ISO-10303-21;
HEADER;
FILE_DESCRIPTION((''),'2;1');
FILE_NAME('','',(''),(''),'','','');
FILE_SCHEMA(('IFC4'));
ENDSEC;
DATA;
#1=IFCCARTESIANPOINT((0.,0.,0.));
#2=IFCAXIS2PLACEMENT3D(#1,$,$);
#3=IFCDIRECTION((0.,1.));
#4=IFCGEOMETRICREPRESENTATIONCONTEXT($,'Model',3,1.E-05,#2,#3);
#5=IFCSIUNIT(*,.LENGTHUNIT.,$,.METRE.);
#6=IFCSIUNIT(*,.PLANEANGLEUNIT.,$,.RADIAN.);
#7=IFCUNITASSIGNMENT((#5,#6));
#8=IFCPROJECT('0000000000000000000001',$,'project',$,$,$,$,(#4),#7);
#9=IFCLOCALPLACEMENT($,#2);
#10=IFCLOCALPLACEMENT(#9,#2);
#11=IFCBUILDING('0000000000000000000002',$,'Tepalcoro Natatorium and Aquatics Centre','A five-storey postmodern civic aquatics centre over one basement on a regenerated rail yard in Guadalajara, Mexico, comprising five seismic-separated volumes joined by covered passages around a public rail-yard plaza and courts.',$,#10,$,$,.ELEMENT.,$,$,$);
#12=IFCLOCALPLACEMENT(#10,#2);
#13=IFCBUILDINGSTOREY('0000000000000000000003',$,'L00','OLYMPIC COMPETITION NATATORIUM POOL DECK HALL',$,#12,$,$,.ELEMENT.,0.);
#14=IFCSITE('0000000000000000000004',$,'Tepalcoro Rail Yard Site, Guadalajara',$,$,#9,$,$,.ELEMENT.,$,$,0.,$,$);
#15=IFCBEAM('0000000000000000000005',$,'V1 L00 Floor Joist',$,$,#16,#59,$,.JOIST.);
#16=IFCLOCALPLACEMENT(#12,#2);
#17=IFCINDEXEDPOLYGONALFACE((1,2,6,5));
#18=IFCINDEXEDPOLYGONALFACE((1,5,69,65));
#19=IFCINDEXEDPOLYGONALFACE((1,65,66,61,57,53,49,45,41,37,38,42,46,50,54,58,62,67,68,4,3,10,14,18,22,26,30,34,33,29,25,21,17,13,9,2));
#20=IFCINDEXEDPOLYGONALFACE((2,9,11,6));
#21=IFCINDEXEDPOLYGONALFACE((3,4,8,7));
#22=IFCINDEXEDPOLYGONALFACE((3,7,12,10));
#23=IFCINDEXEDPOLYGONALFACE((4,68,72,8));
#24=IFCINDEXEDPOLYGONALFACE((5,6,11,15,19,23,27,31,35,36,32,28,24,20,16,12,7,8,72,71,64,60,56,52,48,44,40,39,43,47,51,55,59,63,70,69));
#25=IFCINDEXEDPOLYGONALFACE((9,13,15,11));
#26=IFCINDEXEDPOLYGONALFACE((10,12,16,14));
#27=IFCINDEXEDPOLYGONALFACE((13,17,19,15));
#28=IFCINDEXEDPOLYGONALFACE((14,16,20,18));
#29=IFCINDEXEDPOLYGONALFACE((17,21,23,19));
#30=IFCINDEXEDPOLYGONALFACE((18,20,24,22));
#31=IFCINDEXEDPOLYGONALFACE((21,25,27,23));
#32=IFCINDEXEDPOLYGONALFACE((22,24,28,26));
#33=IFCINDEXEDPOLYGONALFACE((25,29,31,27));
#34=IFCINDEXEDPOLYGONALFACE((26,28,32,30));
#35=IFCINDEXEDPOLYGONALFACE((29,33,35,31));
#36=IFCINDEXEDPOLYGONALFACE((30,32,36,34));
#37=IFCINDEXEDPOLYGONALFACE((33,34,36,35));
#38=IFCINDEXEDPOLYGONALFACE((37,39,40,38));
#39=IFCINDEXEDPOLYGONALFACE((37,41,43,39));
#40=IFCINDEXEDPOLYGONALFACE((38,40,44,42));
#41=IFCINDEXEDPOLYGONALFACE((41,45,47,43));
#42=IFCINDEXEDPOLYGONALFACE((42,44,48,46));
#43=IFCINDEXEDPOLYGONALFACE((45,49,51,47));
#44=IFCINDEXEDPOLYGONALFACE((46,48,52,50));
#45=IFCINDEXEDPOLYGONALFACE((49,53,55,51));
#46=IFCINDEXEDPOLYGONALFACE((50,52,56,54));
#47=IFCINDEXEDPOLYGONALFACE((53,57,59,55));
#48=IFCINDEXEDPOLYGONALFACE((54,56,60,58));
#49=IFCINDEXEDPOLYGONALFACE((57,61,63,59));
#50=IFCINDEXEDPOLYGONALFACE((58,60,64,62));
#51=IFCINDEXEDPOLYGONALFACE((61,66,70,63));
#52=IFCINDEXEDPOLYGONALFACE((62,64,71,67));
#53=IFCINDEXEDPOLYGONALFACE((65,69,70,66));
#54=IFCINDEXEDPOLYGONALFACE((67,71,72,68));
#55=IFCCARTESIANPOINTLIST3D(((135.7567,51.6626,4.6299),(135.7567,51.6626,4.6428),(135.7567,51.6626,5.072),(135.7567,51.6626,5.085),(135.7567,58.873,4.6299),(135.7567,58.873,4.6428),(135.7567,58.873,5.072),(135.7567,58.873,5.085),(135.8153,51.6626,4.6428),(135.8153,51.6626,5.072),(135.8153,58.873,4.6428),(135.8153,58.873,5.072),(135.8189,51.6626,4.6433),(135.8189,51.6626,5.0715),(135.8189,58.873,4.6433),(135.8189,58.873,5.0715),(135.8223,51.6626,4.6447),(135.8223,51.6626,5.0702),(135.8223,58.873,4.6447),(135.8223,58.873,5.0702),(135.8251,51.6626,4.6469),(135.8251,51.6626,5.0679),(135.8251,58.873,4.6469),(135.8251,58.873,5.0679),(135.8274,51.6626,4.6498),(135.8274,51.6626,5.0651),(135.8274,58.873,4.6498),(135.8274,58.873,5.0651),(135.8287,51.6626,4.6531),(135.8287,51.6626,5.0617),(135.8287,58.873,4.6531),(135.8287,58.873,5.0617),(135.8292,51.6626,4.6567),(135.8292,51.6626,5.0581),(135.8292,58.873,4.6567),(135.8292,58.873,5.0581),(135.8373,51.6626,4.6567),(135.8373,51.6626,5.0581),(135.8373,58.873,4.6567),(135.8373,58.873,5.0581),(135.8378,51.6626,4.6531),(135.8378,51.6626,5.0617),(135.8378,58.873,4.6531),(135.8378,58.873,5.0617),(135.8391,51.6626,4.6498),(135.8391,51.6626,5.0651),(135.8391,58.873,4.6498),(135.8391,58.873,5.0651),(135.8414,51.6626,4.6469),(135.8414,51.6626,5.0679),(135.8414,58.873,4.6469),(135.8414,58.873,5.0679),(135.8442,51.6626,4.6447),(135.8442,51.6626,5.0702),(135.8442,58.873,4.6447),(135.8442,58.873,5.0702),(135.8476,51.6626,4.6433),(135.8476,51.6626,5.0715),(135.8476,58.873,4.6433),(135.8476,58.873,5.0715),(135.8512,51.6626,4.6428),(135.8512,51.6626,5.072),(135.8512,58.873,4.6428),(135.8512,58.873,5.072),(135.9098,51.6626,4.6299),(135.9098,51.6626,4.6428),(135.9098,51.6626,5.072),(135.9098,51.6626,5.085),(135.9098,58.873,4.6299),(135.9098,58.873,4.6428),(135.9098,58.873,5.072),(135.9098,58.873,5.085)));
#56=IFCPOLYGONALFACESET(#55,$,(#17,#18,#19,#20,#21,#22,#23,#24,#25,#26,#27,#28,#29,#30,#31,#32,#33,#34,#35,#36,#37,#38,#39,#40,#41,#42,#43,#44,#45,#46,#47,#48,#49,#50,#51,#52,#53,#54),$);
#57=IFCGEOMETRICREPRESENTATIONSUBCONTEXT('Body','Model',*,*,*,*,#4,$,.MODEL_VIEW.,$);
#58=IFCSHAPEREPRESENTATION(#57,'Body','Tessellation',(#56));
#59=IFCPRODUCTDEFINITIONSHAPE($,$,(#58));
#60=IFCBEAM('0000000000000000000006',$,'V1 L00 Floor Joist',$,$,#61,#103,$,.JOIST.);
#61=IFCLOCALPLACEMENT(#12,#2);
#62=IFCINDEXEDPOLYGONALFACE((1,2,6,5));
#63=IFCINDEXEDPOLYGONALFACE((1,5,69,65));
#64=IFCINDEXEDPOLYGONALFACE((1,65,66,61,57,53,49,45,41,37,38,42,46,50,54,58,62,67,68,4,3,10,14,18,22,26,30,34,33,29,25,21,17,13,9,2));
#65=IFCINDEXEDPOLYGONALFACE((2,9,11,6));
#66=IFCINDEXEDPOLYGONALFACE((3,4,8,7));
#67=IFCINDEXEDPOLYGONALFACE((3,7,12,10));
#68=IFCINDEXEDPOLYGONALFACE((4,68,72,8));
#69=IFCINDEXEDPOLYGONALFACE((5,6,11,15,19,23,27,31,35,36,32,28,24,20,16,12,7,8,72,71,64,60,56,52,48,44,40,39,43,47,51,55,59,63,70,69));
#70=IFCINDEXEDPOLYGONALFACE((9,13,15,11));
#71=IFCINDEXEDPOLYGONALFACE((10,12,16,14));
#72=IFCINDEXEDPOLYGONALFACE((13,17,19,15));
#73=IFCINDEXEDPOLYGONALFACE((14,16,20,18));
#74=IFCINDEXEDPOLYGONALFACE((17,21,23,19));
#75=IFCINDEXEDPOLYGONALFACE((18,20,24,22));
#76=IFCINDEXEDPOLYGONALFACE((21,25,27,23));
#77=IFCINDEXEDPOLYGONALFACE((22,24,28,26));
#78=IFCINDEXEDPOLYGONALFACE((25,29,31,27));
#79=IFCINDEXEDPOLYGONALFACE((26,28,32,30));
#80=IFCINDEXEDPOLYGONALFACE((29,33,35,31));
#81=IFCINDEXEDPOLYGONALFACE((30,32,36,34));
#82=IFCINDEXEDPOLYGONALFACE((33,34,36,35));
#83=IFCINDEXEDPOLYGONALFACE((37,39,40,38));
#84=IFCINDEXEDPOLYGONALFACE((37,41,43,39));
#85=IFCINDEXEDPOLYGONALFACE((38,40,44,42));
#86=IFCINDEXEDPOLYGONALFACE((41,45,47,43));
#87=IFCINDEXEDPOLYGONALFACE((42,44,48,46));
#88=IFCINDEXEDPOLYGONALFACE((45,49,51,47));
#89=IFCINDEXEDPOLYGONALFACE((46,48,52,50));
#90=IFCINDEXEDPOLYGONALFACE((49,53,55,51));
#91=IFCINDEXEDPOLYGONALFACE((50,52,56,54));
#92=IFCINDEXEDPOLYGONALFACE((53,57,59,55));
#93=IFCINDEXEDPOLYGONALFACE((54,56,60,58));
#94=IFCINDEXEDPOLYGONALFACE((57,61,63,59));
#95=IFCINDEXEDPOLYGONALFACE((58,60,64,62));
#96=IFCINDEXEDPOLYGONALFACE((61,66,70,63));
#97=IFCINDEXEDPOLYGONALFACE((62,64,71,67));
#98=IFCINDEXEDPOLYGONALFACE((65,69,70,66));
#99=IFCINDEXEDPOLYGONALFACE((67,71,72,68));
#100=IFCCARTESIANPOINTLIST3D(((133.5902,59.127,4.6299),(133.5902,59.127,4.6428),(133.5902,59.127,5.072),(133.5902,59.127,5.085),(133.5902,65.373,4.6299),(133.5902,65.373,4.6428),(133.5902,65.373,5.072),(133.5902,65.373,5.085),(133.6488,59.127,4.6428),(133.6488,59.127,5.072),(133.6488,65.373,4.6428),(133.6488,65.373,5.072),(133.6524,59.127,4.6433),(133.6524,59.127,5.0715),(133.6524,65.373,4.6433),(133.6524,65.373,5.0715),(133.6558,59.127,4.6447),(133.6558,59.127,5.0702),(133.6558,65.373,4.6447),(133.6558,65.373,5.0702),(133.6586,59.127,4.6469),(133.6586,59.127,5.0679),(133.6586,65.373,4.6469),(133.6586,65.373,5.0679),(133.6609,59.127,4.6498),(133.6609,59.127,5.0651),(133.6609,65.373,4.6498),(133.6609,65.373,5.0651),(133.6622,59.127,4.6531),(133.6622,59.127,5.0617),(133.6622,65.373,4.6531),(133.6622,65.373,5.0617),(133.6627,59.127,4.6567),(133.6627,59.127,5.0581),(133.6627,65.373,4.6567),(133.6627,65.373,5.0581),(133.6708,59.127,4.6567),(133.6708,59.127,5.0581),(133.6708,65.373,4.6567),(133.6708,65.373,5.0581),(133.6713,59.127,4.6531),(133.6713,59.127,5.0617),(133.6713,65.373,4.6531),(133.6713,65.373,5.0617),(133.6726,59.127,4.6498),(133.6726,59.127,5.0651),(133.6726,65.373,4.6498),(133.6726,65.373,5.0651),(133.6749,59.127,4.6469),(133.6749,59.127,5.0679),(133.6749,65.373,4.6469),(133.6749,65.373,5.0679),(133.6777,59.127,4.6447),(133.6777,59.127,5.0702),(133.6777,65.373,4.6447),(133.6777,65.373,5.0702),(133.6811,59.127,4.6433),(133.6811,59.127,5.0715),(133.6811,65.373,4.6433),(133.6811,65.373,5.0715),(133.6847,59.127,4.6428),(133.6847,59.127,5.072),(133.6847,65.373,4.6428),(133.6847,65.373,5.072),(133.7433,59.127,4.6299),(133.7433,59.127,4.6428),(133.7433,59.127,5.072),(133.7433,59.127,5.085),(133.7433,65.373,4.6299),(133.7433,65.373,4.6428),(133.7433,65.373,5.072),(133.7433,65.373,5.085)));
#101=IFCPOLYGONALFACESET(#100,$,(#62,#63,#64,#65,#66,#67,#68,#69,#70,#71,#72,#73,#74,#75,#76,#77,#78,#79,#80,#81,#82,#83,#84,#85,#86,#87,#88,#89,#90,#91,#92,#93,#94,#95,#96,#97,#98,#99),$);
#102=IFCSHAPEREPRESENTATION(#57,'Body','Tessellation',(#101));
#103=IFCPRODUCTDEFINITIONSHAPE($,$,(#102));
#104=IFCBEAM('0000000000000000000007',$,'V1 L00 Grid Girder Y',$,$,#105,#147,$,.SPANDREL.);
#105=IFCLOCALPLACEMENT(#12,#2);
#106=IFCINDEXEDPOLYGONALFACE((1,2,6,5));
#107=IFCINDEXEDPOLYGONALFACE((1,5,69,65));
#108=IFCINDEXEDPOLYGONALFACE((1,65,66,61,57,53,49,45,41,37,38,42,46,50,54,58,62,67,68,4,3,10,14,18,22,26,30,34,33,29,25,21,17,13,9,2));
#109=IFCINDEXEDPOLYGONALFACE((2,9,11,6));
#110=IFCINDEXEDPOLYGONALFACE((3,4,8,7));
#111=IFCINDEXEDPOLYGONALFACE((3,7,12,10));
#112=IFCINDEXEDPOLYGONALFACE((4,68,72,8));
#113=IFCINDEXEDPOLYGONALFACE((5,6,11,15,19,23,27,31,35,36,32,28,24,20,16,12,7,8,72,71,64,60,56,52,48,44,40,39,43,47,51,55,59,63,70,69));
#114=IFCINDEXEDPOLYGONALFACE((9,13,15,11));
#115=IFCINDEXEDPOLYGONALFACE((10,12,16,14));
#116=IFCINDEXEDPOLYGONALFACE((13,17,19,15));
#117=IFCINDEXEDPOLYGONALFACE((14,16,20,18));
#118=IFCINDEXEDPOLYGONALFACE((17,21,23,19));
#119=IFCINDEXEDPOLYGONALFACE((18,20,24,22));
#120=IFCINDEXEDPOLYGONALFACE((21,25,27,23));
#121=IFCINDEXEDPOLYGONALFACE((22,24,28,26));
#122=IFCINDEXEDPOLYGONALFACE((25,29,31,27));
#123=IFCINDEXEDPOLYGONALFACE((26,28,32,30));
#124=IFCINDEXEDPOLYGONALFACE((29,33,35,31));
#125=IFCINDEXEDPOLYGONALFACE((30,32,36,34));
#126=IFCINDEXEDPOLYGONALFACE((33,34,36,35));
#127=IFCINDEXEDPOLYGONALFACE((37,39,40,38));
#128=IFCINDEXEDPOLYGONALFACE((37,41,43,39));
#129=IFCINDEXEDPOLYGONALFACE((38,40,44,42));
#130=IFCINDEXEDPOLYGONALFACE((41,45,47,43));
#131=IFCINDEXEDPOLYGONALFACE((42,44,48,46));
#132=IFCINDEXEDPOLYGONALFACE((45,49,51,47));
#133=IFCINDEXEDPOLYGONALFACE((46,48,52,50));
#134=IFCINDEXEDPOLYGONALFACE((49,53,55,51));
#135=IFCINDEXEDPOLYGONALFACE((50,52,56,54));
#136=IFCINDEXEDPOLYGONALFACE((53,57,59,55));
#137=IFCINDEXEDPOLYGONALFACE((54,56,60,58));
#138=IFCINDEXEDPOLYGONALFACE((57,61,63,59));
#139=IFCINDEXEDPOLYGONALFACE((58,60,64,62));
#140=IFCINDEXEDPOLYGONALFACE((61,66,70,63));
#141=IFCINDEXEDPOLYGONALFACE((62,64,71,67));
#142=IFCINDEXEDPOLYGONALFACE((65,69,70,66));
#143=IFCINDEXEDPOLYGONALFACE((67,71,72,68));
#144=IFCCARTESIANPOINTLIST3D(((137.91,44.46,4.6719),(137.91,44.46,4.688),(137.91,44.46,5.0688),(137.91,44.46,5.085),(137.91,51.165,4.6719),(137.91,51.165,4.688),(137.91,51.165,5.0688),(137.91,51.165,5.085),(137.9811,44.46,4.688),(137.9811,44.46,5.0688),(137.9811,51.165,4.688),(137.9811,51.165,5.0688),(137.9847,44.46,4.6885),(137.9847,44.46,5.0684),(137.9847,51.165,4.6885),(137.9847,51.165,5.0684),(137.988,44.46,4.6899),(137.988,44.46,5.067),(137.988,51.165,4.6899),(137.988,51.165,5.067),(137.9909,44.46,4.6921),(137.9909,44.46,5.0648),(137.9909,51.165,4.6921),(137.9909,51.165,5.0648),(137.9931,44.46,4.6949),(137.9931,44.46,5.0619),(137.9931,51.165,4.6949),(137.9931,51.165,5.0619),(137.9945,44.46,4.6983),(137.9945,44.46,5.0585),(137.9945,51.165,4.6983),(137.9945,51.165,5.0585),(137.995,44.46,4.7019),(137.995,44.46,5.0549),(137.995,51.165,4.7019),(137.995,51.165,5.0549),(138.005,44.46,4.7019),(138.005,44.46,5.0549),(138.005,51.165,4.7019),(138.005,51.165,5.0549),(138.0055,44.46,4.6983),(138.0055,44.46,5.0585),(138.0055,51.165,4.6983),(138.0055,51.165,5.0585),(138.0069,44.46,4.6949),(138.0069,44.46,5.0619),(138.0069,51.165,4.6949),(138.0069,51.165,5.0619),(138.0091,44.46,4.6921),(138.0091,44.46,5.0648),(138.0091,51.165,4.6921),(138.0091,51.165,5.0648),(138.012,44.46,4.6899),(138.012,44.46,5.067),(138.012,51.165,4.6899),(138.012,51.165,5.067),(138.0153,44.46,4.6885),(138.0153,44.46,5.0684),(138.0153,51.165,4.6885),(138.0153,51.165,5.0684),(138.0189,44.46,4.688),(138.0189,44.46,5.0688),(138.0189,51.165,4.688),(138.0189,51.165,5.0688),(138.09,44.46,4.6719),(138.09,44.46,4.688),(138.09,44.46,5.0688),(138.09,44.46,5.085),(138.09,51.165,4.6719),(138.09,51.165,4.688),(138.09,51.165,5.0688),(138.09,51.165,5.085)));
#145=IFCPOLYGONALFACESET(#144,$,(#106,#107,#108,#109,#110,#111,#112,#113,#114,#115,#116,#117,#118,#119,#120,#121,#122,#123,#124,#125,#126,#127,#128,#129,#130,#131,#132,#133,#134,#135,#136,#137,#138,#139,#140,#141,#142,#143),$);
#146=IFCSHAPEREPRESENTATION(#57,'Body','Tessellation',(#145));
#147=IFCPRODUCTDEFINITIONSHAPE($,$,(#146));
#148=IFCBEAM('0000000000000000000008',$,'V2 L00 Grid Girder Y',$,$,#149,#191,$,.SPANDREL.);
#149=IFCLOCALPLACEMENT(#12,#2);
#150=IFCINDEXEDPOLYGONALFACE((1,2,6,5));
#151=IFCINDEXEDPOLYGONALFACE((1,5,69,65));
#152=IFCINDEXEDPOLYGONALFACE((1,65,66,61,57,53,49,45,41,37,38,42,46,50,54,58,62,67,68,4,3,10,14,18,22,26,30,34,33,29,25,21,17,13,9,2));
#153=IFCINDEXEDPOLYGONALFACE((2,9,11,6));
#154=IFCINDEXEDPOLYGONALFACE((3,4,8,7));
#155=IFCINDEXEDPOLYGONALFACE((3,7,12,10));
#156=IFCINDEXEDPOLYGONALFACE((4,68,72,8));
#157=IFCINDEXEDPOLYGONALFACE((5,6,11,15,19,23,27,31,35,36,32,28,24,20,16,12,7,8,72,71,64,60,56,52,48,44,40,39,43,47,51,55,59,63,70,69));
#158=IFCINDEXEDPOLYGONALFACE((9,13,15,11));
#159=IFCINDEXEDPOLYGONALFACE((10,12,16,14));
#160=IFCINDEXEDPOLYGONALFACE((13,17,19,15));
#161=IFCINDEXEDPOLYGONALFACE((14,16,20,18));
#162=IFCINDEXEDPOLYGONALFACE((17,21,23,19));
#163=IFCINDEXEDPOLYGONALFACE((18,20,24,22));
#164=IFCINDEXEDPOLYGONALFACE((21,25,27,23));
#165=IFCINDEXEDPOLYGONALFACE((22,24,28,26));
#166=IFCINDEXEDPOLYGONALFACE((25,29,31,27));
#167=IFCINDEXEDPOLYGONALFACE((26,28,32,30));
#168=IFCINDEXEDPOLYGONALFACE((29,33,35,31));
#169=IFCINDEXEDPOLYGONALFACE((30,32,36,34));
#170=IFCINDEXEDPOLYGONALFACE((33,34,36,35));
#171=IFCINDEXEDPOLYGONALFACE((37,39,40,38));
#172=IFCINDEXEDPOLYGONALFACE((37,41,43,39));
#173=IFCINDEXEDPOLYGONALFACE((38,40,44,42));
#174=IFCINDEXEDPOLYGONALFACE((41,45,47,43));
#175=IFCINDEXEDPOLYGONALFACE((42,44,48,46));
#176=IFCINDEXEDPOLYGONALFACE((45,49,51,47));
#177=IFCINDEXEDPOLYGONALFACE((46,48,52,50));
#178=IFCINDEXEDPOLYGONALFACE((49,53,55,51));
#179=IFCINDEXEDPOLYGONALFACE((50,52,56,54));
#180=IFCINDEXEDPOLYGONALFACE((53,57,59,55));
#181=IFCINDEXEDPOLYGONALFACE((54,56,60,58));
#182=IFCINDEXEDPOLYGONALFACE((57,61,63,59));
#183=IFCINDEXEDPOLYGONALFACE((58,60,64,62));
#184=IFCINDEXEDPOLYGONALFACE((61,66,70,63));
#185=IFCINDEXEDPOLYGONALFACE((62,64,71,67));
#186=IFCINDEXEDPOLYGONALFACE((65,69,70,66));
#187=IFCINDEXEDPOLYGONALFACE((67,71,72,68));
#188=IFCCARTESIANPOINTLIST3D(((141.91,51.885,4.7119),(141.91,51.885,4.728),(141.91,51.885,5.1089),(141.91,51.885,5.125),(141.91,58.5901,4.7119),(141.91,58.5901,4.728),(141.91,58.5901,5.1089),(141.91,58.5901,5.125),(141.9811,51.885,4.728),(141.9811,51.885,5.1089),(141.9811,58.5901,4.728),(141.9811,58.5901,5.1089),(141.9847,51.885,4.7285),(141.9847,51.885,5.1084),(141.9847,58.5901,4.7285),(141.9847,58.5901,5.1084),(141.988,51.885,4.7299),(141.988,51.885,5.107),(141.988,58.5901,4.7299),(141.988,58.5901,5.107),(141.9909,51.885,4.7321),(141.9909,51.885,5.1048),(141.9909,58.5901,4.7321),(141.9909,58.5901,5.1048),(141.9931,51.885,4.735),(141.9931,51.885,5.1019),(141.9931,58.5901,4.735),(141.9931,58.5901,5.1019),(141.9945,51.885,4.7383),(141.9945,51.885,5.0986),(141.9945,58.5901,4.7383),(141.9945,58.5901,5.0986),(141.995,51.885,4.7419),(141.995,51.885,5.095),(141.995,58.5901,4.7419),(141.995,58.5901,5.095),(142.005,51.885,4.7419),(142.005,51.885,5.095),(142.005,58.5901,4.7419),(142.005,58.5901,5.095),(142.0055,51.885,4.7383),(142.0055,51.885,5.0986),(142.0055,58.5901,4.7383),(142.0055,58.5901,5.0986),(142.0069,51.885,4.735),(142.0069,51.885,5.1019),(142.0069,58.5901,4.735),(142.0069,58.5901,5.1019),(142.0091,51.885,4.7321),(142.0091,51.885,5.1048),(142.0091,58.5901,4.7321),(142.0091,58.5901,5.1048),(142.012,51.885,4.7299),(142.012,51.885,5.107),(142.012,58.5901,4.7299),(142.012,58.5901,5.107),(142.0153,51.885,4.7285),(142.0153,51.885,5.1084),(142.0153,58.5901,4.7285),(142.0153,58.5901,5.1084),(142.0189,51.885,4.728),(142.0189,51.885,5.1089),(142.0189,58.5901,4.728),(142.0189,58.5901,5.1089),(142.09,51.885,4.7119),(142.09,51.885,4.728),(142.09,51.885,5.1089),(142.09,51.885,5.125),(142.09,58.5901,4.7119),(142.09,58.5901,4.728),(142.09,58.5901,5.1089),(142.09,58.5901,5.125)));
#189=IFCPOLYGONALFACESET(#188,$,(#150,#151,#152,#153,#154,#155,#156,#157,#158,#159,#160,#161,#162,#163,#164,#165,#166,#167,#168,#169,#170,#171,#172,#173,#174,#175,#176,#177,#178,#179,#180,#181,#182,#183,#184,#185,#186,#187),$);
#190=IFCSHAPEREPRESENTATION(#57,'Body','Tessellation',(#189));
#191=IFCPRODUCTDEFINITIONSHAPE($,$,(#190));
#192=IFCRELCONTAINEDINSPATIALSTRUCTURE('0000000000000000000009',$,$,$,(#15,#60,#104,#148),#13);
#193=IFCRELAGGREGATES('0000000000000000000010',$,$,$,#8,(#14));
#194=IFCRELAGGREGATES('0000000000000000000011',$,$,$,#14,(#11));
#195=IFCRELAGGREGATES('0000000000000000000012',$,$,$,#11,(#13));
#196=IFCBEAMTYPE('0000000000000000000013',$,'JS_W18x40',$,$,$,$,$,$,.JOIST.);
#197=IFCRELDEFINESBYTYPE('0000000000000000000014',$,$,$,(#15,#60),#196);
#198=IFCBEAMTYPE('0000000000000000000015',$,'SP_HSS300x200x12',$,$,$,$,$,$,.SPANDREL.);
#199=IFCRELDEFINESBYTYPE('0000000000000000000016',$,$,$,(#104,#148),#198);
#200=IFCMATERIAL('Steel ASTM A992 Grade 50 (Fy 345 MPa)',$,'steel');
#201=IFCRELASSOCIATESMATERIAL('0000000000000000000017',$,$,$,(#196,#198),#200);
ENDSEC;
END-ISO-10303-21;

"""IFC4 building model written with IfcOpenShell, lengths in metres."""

from ifc_helpers import new_model, si_unit, direction, frame, origin, origin_2d, place, context, subcontext, project, spatial, i_section, extrude, material, material_profile, profile_set, type_object, element, save


model = new_model("IFC4")

# Units and contexts
model_context = context("Model", 3, precision=1e-05, world=origin(), true_north=direction((0.0, 1.0)))
body_context = subcontext(model_context, "Body", "Model", "MODEL_VIEW")
ifc_project = project(units=[si_unit("LENGTHUNIT", "METRE"), si_unit("PLANEANGLEUNIT", "RADIAN")], contexts=[model_context])

# Site, building, storey
site_placement = place(None, origin())
site = spatial("IfcSite", under=ifc_project, at=site_placement, Name="Tepalcoro Rail Yard Site, Guadalajara", CompositionType="ELEMENT", RefElevation=0.0)
building_placement = place(site_placement, origin())
building = spatial("IfcBuilding", under=site, at=building_placement, Name="Tepalcoro Natatorium and Aquatics Centre", Description="A five-storey postmodern civic aquatics centre over one basement on a regenerated rail yard in Guadalajara, Mexico, comprising five seismic-separated volumes joined by covered passages around a public rail-yard plaza and courts.", CompositionType="ELEMENT")
storey_placement = place(building_placement, origin())
storey = spatial("IfcBuildingStorey", under=building, at=storey_placement, Name="L00", Description="OLYMPIC COMPETITION NATATORIUM POOL DECK HALL", CompositionType="ELEMENT", Elevation=0.0)

# Shared definitions
ifc_material_1 = material(Name="Steel ASTM A992 Grade 50 (Fy 345 MPa)", Category="steel")

# Beams
ifc_material_profile_1 = material_profile(ifc_material_1, i_section(OverallWidth=0.1531, OverallDepth=0.4551, WebThickness=0.0081, FlangeThickness=0.0129, FilletRadius=0.0139, at=origin_2d()), Name="W18X40")
ifc_profile_set_1 = profile_set([ifc_material_profile_1], Name="Steel ASTM A992 Grade 50 (Fy 345 MPa)")
beam_type_1 = type_object("IfcBeamType", Name="JS_W18x40", PredefinedType="JOIST", material=ifc_profile_set_1)
beam_1_placement = place(storey_placement, frame((135.8333, 51.6626, 4.8574), z_axis=(0.0, 1.0, 0.0), x_axis=(-1.0, 0.0, 0.0)))
element("IfcBeam", 1, at=beam_1_placement, inside=storey, type_object=beam_type_1, Name="V1 L00 Floor Joist", PredefinedType="JOIST", context=body_context, shape_type="SweptSolid", body=[
    extrude(i_section(OverallWidth=0.1531, OverallDepth=0.4551, WebThickness=0.0081, FlangeThickness=0.0129, FilletRadius=0.0139, at=origin_2d()), origin(), (0.0, 0.0, 1.0), 7.2104),
])
beam_2_placement = place(storey_placement, frame((133.6667, 59.127, 4.8574), z_axis=(0.0, 1.0, 0.0), x_axis=(-1.0, 0.0, 0.0)))
element("IfcBeam", 2, at=beam_2_placement, inside=storey, type_object=beam_type_1, Name="V1 L00 Floor Joist", PredefinedType="JOIST", context=body_context, shape_type="SweptSolid", body=[
    extrude(i_section(OverallWidth=0.1531, OverallDepth=0.4551, WebThickness=0.0081, FlangeThickness=0.0129, FilletRadius=0.0139, at=origin_2d()), origin(), (0.0, 0.0, 1.0), 6.2461),
])
ifc_material_profile_2 = material_profile(ifc_material_1, i_section(OverallWidth=0.1799, OverallDepth=0.4131, WebThickness=0.01, FlangeThickness=0.0161, FilletRadius=0.0139, at=origin_2d()), Name="W16X50")
ifc_profile_set_2 = profile_set([ifc_material_profile_2], Name="Steel ASTM A992 Grade 50 (Fy 345 MPa)")
beam_type_2 = type_object("IfcBeamType", Name="SP_HSS300x200x12", PredefinedType="SPANDREL", material=ifc_profile_set_2)
for number, where, z_axis, x_axis, name in (
    (3, (138.0, 44.46, 4.8784), (0.0, 1.0, 0.0), (-1.0, 0.0, 0.0), "V1 L00 Grid Girder Y"),
    (4, (142.0, 51.885, 4.9185), (0.0, 1.0, 0.0), (-1.0, 0.0, 0.0), "V2 L00 Grid Girder Y"),
):
    element("IfcBeam", number, at=place(storey_placement, frame(where, z_axis=z_axis, x_axis=x_axis)), inside=storey, type_object=beam_type_2, Name=name, PredefinedType="SPANDREL", context=body_context, shape_type="SweptSolid", body=[
        extrude(i_section(OverallWidth=0.1799, OverallDepth=0.4131, WebThickness=0.01, FlangeThickness=0.0161, FilletRadius=0.0139, at=origin_2d()), origin(), (0.0, 0.0, 1.0), 6.7051),
    ])

save(model, "model.ifc")
